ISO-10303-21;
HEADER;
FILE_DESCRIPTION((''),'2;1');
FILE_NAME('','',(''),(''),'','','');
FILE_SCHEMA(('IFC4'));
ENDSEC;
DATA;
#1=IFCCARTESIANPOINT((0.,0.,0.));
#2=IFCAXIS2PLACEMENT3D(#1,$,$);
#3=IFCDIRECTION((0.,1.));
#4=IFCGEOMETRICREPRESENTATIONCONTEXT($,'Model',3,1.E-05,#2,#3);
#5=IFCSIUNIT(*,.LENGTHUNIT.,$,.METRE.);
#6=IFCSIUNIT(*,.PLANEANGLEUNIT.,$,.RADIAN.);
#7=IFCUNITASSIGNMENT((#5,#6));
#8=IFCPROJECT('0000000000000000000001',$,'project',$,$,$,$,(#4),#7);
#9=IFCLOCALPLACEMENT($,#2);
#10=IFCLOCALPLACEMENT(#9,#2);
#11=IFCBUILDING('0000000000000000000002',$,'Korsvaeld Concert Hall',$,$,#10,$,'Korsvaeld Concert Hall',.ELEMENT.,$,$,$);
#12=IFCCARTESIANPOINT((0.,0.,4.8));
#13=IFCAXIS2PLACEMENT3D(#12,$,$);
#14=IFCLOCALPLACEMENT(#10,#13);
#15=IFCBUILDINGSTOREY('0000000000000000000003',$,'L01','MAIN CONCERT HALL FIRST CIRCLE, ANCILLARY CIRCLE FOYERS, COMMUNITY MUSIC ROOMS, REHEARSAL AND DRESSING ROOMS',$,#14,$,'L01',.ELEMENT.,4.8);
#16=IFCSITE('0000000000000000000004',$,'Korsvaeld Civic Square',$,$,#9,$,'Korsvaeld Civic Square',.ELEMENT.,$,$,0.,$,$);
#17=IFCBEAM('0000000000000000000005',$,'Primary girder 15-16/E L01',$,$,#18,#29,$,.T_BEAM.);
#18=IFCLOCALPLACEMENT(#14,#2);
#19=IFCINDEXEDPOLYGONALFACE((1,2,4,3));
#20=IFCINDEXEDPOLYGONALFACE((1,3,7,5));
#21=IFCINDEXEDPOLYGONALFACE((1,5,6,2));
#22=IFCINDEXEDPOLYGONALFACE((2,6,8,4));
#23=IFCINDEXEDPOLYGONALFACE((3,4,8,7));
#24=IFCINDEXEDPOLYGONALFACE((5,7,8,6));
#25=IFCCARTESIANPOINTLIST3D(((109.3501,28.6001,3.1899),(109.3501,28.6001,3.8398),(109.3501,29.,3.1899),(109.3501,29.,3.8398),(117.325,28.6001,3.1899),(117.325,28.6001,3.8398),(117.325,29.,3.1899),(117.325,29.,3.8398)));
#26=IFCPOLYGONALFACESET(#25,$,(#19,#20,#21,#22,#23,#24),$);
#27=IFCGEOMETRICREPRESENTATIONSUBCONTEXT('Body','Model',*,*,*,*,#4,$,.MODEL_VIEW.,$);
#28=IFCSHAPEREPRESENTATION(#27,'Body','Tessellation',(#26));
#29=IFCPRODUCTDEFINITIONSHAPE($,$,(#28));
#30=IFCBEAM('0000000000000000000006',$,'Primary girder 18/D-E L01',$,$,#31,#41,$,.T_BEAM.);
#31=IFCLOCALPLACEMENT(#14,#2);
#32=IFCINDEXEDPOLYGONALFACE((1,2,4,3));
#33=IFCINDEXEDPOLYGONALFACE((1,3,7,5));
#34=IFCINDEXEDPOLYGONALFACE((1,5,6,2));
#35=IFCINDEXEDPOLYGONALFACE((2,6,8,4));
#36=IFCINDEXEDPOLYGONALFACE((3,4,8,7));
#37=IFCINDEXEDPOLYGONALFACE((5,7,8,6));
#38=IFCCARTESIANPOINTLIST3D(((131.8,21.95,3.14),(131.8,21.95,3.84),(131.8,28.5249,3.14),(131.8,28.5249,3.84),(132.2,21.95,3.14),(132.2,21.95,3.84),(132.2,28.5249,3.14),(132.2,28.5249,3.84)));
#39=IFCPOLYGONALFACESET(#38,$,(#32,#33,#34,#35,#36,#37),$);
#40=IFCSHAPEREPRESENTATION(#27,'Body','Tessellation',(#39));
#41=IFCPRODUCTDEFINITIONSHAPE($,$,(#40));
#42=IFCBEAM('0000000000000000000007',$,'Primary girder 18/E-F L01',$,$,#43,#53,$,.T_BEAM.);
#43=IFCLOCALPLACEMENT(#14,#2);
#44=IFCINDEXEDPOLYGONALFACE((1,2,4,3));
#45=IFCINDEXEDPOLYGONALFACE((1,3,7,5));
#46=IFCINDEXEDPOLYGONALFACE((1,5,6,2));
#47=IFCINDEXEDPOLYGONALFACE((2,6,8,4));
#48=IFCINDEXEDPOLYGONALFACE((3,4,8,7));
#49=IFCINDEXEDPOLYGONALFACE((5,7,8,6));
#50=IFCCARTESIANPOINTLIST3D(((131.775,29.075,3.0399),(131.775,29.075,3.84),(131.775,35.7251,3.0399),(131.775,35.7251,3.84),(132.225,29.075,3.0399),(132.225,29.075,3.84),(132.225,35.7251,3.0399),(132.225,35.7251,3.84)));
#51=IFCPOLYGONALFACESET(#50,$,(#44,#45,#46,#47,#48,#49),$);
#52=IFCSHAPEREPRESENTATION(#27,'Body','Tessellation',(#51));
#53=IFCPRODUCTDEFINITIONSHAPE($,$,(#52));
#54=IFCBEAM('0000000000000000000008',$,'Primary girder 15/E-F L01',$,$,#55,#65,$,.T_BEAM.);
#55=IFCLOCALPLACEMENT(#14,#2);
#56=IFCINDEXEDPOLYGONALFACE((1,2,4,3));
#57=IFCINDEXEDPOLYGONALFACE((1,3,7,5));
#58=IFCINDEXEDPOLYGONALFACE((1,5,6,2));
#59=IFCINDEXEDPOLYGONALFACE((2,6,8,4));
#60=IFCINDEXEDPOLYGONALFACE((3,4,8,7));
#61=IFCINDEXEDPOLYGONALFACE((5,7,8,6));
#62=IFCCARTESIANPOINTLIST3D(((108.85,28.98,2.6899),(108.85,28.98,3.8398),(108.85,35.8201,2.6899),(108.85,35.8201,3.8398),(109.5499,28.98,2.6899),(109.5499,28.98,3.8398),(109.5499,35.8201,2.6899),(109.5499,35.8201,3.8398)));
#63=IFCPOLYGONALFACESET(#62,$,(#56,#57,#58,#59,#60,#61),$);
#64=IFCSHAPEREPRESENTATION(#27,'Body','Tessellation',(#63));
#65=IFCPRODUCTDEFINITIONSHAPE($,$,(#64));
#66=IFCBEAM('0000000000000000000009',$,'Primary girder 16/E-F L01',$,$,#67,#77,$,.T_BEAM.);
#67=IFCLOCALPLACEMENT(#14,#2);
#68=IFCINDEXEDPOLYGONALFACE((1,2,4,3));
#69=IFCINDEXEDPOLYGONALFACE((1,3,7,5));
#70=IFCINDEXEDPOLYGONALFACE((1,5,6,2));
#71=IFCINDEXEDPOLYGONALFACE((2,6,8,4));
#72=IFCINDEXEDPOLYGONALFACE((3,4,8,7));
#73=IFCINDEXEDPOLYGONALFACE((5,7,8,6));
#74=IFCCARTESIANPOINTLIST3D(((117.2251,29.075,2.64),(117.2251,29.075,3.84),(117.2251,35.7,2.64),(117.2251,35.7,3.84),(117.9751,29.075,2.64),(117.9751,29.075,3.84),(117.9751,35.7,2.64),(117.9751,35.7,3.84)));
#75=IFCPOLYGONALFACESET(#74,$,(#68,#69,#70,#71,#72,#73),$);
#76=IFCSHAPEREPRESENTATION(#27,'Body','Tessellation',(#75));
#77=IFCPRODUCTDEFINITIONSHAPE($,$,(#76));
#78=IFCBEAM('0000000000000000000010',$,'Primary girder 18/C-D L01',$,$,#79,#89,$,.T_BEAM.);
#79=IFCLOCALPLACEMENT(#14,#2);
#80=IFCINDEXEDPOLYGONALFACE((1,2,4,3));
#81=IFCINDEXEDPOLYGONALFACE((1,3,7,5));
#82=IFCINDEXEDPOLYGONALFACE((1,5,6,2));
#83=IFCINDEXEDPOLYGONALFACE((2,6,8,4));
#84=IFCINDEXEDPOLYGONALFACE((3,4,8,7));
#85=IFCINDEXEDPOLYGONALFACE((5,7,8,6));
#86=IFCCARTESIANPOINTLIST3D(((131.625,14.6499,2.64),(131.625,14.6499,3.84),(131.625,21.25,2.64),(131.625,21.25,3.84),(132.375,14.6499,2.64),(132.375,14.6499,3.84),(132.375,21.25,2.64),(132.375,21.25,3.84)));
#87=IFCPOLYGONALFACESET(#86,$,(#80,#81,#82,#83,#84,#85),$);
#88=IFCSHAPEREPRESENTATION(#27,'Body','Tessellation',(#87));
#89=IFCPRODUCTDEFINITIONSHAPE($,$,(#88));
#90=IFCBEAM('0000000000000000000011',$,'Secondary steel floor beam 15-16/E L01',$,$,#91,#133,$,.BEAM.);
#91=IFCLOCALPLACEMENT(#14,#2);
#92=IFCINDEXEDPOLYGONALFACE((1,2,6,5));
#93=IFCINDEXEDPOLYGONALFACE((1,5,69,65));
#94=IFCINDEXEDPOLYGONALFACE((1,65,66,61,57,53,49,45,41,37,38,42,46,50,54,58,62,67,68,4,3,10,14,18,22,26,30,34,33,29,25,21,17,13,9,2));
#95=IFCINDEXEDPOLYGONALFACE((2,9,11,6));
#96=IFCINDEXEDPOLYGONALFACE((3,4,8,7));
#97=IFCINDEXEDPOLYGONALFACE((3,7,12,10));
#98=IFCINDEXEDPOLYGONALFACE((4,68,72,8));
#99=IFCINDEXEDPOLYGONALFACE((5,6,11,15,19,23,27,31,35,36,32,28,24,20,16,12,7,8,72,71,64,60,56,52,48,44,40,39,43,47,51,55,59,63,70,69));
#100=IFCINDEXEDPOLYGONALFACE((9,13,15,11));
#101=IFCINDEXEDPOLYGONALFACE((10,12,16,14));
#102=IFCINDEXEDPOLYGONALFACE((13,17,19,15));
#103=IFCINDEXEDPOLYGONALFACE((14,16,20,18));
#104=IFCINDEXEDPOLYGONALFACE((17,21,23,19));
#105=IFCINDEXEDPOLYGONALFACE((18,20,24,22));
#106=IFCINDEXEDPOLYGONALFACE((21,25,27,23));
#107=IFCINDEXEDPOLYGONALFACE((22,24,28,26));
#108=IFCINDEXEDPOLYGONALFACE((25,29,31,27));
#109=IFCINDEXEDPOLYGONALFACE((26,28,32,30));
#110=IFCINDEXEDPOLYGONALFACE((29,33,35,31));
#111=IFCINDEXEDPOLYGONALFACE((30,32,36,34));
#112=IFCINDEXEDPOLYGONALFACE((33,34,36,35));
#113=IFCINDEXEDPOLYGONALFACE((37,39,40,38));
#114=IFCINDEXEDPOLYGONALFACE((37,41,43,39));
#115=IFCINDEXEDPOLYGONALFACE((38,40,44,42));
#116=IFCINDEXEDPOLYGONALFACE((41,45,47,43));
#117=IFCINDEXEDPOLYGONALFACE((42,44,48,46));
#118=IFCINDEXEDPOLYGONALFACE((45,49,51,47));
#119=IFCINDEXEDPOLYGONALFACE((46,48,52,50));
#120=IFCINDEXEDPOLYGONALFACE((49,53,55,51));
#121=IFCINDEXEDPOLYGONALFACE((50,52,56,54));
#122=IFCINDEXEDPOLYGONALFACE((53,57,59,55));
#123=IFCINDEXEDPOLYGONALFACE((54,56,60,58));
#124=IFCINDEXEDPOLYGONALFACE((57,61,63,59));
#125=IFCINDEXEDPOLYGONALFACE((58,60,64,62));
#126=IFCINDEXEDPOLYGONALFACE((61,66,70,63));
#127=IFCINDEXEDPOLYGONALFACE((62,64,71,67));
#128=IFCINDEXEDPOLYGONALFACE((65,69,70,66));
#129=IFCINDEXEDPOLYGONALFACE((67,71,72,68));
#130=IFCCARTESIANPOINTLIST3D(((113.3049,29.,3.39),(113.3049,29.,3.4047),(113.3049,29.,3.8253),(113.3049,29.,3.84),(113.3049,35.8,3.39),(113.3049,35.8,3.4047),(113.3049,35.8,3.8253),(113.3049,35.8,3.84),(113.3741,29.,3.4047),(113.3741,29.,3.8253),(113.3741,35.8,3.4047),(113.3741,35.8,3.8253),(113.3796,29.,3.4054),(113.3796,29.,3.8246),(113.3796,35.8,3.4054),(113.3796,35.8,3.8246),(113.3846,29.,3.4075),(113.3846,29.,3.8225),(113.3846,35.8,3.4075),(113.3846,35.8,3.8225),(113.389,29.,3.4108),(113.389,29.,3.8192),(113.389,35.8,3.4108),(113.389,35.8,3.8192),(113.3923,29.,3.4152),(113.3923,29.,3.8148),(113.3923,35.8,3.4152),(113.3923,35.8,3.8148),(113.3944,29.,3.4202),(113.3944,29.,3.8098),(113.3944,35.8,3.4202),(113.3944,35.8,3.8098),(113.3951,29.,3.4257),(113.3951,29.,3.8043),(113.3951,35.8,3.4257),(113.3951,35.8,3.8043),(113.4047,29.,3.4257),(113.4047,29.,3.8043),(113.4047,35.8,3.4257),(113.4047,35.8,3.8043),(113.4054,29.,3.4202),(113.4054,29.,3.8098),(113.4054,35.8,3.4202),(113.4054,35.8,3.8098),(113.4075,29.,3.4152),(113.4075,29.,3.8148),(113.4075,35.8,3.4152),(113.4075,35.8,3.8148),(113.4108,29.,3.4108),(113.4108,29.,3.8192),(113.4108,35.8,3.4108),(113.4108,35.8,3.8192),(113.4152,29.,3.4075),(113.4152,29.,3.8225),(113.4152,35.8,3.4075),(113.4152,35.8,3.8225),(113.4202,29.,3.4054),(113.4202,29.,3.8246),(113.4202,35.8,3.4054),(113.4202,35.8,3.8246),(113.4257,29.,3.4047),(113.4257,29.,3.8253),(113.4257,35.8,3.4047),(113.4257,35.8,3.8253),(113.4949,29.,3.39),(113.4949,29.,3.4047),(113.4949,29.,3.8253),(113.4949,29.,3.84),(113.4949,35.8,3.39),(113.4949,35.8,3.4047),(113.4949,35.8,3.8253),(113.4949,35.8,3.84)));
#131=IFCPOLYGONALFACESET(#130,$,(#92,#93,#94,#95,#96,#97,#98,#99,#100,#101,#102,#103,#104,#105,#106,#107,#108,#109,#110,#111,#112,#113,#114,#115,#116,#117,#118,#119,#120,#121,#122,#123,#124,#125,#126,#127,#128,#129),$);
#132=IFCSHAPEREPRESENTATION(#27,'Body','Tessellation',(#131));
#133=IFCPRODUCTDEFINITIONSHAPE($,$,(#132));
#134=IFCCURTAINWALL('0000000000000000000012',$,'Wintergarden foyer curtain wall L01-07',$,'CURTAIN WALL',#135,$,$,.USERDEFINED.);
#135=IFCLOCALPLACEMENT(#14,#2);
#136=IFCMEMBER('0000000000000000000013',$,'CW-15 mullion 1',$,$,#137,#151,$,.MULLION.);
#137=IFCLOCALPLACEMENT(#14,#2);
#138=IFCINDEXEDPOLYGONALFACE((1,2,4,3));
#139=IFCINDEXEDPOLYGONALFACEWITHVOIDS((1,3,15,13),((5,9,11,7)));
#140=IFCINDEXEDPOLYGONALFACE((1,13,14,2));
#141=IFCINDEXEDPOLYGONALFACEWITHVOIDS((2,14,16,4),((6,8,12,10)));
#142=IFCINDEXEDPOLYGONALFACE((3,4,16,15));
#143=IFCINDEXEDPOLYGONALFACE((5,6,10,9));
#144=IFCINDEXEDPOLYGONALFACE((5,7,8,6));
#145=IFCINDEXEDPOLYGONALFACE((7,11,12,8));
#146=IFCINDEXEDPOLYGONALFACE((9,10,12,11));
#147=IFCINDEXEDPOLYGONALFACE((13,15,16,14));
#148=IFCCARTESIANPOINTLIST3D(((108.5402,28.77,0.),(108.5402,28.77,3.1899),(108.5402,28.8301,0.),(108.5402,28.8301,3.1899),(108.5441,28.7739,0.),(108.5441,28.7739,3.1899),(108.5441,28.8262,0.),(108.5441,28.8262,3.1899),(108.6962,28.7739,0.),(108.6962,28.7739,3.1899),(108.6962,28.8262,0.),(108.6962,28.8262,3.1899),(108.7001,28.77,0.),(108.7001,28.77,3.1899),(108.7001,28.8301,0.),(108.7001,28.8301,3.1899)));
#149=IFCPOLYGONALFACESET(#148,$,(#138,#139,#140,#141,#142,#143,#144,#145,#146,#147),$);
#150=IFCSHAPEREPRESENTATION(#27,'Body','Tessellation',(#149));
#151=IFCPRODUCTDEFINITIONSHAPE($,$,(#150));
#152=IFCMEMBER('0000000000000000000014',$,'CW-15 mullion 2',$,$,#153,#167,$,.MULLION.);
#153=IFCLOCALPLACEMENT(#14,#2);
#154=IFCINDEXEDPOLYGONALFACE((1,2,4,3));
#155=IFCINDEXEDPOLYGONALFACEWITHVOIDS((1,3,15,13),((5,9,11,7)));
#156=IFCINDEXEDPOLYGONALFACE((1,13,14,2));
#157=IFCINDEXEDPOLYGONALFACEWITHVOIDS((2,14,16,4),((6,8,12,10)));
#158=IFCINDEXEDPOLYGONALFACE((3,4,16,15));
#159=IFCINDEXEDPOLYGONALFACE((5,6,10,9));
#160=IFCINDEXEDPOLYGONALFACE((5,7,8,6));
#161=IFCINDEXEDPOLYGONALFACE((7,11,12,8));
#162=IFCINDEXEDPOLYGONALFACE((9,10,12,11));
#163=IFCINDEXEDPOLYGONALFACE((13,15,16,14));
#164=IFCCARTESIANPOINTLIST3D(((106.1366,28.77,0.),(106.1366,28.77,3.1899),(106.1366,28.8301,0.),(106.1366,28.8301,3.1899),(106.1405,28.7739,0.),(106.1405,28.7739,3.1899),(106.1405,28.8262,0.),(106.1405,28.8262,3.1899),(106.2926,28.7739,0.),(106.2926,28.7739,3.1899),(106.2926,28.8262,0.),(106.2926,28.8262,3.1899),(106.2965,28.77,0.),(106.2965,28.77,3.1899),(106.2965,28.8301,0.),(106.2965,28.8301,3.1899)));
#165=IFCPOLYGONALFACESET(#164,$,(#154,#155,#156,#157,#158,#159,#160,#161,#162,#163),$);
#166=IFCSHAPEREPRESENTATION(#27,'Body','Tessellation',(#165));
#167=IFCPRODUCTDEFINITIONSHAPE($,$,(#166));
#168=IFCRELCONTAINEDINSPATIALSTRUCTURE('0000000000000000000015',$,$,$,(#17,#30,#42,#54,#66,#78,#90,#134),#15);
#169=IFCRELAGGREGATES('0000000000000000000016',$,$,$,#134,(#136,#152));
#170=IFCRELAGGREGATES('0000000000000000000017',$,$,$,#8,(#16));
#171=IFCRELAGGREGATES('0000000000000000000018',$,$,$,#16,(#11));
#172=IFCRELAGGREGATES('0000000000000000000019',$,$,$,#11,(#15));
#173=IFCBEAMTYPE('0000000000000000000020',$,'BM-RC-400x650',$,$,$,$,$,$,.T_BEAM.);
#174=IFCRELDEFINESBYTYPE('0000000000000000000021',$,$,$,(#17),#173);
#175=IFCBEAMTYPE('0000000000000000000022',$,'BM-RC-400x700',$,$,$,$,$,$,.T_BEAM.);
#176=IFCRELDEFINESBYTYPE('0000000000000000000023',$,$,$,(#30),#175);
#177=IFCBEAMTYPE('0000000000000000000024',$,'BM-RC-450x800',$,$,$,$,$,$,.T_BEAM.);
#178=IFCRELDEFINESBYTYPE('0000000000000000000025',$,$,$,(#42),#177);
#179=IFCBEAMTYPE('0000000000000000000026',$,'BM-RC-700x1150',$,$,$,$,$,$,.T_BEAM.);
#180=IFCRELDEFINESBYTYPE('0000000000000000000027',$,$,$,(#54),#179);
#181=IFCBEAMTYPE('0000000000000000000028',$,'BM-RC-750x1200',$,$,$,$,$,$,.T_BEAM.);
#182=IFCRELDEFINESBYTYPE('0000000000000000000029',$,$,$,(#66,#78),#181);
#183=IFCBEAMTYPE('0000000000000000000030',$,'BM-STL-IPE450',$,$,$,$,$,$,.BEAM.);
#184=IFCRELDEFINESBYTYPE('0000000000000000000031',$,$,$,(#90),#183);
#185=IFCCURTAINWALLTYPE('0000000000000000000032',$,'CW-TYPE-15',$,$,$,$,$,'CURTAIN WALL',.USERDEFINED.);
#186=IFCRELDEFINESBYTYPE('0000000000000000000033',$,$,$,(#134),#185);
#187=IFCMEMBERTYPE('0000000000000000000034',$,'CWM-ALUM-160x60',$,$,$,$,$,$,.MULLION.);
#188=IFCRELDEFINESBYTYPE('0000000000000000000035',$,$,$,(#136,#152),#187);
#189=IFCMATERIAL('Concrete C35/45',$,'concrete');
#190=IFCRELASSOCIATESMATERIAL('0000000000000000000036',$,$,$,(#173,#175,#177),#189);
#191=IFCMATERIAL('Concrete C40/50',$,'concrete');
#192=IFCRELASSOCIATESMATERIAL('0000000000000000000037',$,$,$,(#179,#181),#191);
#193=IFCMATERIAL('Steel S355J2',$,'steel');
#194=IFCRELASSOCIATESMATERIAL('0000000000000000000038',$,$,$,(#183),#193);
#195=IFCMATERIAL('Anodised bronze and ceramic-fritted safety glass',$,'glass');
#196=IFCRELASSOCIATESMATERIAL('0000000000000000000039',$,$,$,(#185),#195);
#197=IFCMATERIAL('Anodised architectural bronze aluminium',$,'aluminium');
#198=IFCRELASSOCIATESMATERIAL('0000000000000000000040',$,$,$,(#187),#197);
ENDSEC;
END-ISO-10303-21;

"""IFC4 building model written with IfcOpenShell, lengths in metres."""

from ifc_helpers import new_model, si_unit, direction, frame, origin, origin_2d, place, context, subcontext, project, spatial, rectangle, hollow_rectangle, i_section, extrude, material, material_profile, profile_set, type_object, element, aggregate, save


model = new_model("IFC4")

# Units and contexts
model_context = context("Model", 3, precision=1e-05, world=origin(), true_north=direction((0.0, 1.0)))
body_context = subcontext(model_context, "Body", "Model", "MODEL_VIEW")
ifc_project = project(units=[si_unit("LENGTHUNIT", "METRE"), si_unit("PLANEANGLEUNIT", "RADIAN")], contexts=[model_context])

# Site, building, storey
site_placement = place(None, origin())
site = spatial("IfcSite", under=ifc_project, at=site_placement, Name="Korsvaeld Civic Square", LongName="Korsvaeld Civic Square", CompositionType="ELEMENT", RefElevation=0.0)
building_placement = place(site_placement, origin())
building = spatial("IfcBuilding", under=site, at=building_placement, Name="Korsvaeld Concert Hall", LongName="Korsvaeld Concert Hall", CompositionType="ELEMENT")
storey_placement = place(building_placement, frame((0.0, 0.0, 4.8)))
storey = spatial("IfcBuildingStorey", under=building, at=storey_placement, Name="L01", Description="MAIN CONCERT HALL FIRST CIRCLE, ANCILLARY CIRCLE FOYERS, COMMUNITY MUSIC ROOMS, REHEARSAL AND DRESSING ROOMS", LongName="L01", CompositionType="ELEMENT", Elevation=4.8)

# Shared definitions
ifc_material_1 = material(Name="Concrete C40/50", Category="concrete")
ifc_material_2 = material(Name="Steel S355J2", Category="steel")

# Beams
ifc_material_3 = material(Name="Concrete C35/45", Category="concrete")
ifc_material_profile_1 = material_profile(ifc_material_3, rectangle(XDim=0.3999, YDim=0.6499, at=origin_2d()), Name="RC 400x650")
ifc_profile_set_1 = profile_set([ifc_material_profile_1], Name="Concrete C35/45")
beam_type_1 = type_object("IfcBeamType", Name="BM-RC-400x650", PredefinedType="T_BEAM", material=ifc_profile_set_1)
beam_1_placement = place(storey_placement, frame((109.3501, 28.8, 3.5149), z_axis=(1.0, 0.0, 0.0), x_axis=(0.0, 1.0, 0.0)))
element("IfcBeam", 1, at=beam_1_placement, inside=storey, type_object=beam_type_1, Name="Primary girder 15-16/E L01", PredefinedType="T_BEAM", context=body_context, shape_type="SweptSolid", body=[
    extrude(rectangle(XDim=0.3999, YDim=0.6499, at=origin_2d()), origin(), (0.0, 0.0, 1.0), 7.9749),
])
ifc_material_profile_2 = material_profile(ifc_material_3, rectangle(XDim=0.3999, YDim=0.7, at=origin_2d()), Name="RC 400x700")
ifc_profile_set_2 = profile_set([ifc_material_profile_2], Name="Concrete C35/45")
beam_type_2 = type_object("IfcBeamType", Name="BM-RC-400x700", PredefinedType="T_BEAM", material=ifc_profile_set_2)
beam_2_placement = place(storey_placement, frame((132.0, 21.95, 3.49), z_axis=(0.0, 1.0, 0.0), x_axis=(-1.0, 0.0, 0.0)))
element("IfcBeam", 2, at=beam_2_placement, inside=storey, type_object=beam_type_2, Name="Primary girder 18/D-E L01", PredefinedType="T_BEAM", context=body_context, shape_type="SweptSolid", body=[
    extrude(rectangle(XDim=0.3999, YDim=0.7, at=origin_2d()), origin(), (0.0, 0.0, 1.0), 6.575),
])
ifc_material_profile_3 = material_profile(ifc_material_3, rectangle(XDim=0.45, YDim=0.8, at=origin_2d()), Name="RC 450x800")
ifc_profile_set_3 = profile_set([ifc_material_profile_3], Name="Concrete C35/45")
beam_type_3 = type_object("IfcBeamType", Name="BM-RC-450x800", PredefinedType="T_BEAM", material=ifc_profile_set_3)
beam_3_placement = place(storey_placement, frame((132.0, 29.075, 3.4399), z_axis=(0.0, 1.0, 0.0), x_axis=(-1.0, 0.0, 0.0)))
element("IfcBeam", 3, at=beam_3_placement, inside=storey, type_object=beam_type_3, Name="Primary girder 18/E-F L01", PredefinedType="T_BEAM", context=body_context, shape_type="SweptSolid", body=[
    extrude(rectangle(XDim=0.45, YDim=0.8, at=origin_2d()), origin(), (0.0, 0.0, 1.0), 6.6501),
])
ifc_material_profile_4 = material_profile(ifc_material_1, rectangle(XDim=0.7, YDim=1.1499, at=origin_2d()), Name="RC 700x1150")
ifc_profile_set_4 = profile_set([ifc_material_profile_4], Name="Concrete C40/50")
beam_type_4 = type_object("IfcBeamType", Name="BM-RC-700x1150", PredefinedType="T_BEAM", material=ifc_profile_set_4)
beam_4_placement = place(storey_placement, frame((109.2, 28.98, 3.2649), z_axis=(0.0, 1.0, 0.0), x_axis=(-1.0, 0.0, 0.0)))
element("IfcBeam", 4, at=beam_4_placement, inside=storey, type_object=beam_type_4, Name="Primary girder 15/E-F L01", PredefinedType="T_BEAM", context=body_context, shape_type="SweptSolid", body=[
    extrude(rectangle(XDim=0.7, YDim=1.1499, at=origin_2d()), origin(), (0.0, 0.0, 1.0), 6.8401),
])
ifc_material_profile_5 = material_profile(ifc_material_1, rectangle(XDim=0.75, YDim=1.2, at=origin_2d()), Name="RC 750x1200")
ifc_profile_set_5 = profile_set([ifc_material_profile_5], Name="Concrete C40/50")
beam_type_5 = type_object("IfcBeamType", Name="BM-RC-750x1200", PredefinedType="T_BEAM", material=ifc_profile_set_5)
beam_5_placement = place(storey_placement, frame((117.6001, 29.075, 3.24), z_axis=(0.0, 1.0, 0.0), x_axis=(-1.0, 0.0, 0.0)))
element("IfcBeam", 5, at=beam_5_placement, inside=storey, type_object=beam_type_5, Name="Primary girder 16/E-F L01", PredefinedType="T_BEAM", context=body_context, shape_type="SweptSolid", body=[
    extrude(rectangle(XDim=0.75, YDim=1.2, at=origin_2d()), origin(), (0.0, 0.0, 1.0), 6.625),
])
beam_6_placement = place(storey_placement, frame((132.0, 14.6499, 3.24), z_axis=(0.0, 1.0, 0.0), x_axis=(-1.0, 0.0, 0.0)))
element("IfcBeam", 6, at=beam_6_placement, inside=storey, type_object=beam_type_5, Name="Primary girder 18/C-D L01", PredefinedType="T_BEAM", context=body_context, shape_type="SweptSolid", body=[
    extrude(rectangle(XDim=0.75, YDim=1.2, at=origin_2d()), origin(), (0.0, 0.0, 1.0), 6.6001),
])
ifc_material_profile_6 = material_profile(ifc_material_2, i_section(OverallWidth=0.1899, OverallDepth=0.45, WebThickness=0.0095, FlangeThickness=0.0146, FilletRadius=0.021, at=origin_2d()), Name="IPE 450")
ifc_profile_set_6 = profile_set([ifc_material_profile_6], Name="Steel S355J2")
beam_type_6 = type_object("IfcBeamType", Name="BM-STL-IPE450", PredefinedType="BEAM", material=ifc_profile_set_6)
beam_7_placement = place(storey_placement, frame((113.3999, 29.0, 3.615), z_axis=(0.0, 1.0, 0.0), x_axis=(-1.0, 0.0, 0.0)))
element("IfcBeam", 7, at=beam_7_placement, inside=storey, type_object=beam_type_6, Name="Secondary steel floor beam 15-16/E L01", PredefinedType="BEAM", context=body_context, shape_type="SweptSolid", body=[
    extrude(i_section(OverallWidth=0.1899, OverallDepth=0.45, WebThickness=0.0095, FlangeThickness=0.0146, FilletRadius=0.021, at=origin_2d()), origin(), (0.0, 0.0, 1.0), 6.8),
])

# Curtain wall, members
ifc_material_4 = material(Name="Anodised bronze and ceramic-fritted safety glass", Category="glass")
curtain_wall_type = type_object("IfcCurtainWallType", Name="CW-TYPE-15", ElementType="CURTAIN WALL", PredefinedType="USERDEFINED", material=ifc_material_4)
curtain_wall_placement = place(storey_placement, origin())
curtain_wall = element("IfcCurtainWall", 8, at=curtain_wall_placement, inside=storey, type_object=curtain_wall_type, Name="Wintergarden foyer curtain wall L01-07", ObjectType="CURTAIN WALL", PredefinedType="USERDEFINED")
ifc_material_5 = material(Name="Anodised architectural bronze aluminium", Category="aluminium")
ifc_material_profile_7 = material_profile(ifc_material_5, hollow_rectangle(XDim=0.0601, YDim=0.1599, WallThickness=0.0039, at=origin_2d()), Name="CWM 160x60x4")
ifc_profile_set_7 = profile_set([ifc_material_profile_7], Name="Anodised architectural bronze aluminium")
member_type_1 = type_object("IfcMemberType", Name="CWM-ALUM-160x60", PredefinedType="MULLION", material=ifc_profile_set_7)
member_1_placement = place(storey_placement, frame((108.6201, 28.8, 0.0), z_axis=(0.0, 0.0, 1.0), x_axis=(0.0, -1.0, 0.0)))
member_1 = element("IfcMember", 9, at=member_1_placement, type_object=member_type_1, Name="CW-15 mullion 1", PredefinedType="MULLION", context=body_context, shape_type="SweptSolid", body=[
    extrude(hollow_rectangle(XDim=0.0601, YDim=0.1599, WallThickness=0.0039, at=origin_2d()), origin(), (0.0, 0.0, 1.0), 3.1899),
])
member_2_placement = place(storey_placement, frame((106.2166, 28.8, 0.0), z_axis=(0.0, 0.0, 1.0), x_axis=(0.0, -1.0, 0.0)))
member_2 = element("IfcMember", 10, at=member_2_placement, type_object=member_type_1, Name="CW-15 mullion 2", PredefinedType="MULLION", context=body_context, shape_type="SweptSolid", body=[
    extrude(hollow_rectangle(XDim=0.0601, YDim=0.1599, WallThickness=0.0039, at=origin_2d()), origin(), (0.0, 0.0, 1.0), 3.1899),
])
aggregate(curtain_wall, [member_1, member_2])

save(model, "model.ifc")
